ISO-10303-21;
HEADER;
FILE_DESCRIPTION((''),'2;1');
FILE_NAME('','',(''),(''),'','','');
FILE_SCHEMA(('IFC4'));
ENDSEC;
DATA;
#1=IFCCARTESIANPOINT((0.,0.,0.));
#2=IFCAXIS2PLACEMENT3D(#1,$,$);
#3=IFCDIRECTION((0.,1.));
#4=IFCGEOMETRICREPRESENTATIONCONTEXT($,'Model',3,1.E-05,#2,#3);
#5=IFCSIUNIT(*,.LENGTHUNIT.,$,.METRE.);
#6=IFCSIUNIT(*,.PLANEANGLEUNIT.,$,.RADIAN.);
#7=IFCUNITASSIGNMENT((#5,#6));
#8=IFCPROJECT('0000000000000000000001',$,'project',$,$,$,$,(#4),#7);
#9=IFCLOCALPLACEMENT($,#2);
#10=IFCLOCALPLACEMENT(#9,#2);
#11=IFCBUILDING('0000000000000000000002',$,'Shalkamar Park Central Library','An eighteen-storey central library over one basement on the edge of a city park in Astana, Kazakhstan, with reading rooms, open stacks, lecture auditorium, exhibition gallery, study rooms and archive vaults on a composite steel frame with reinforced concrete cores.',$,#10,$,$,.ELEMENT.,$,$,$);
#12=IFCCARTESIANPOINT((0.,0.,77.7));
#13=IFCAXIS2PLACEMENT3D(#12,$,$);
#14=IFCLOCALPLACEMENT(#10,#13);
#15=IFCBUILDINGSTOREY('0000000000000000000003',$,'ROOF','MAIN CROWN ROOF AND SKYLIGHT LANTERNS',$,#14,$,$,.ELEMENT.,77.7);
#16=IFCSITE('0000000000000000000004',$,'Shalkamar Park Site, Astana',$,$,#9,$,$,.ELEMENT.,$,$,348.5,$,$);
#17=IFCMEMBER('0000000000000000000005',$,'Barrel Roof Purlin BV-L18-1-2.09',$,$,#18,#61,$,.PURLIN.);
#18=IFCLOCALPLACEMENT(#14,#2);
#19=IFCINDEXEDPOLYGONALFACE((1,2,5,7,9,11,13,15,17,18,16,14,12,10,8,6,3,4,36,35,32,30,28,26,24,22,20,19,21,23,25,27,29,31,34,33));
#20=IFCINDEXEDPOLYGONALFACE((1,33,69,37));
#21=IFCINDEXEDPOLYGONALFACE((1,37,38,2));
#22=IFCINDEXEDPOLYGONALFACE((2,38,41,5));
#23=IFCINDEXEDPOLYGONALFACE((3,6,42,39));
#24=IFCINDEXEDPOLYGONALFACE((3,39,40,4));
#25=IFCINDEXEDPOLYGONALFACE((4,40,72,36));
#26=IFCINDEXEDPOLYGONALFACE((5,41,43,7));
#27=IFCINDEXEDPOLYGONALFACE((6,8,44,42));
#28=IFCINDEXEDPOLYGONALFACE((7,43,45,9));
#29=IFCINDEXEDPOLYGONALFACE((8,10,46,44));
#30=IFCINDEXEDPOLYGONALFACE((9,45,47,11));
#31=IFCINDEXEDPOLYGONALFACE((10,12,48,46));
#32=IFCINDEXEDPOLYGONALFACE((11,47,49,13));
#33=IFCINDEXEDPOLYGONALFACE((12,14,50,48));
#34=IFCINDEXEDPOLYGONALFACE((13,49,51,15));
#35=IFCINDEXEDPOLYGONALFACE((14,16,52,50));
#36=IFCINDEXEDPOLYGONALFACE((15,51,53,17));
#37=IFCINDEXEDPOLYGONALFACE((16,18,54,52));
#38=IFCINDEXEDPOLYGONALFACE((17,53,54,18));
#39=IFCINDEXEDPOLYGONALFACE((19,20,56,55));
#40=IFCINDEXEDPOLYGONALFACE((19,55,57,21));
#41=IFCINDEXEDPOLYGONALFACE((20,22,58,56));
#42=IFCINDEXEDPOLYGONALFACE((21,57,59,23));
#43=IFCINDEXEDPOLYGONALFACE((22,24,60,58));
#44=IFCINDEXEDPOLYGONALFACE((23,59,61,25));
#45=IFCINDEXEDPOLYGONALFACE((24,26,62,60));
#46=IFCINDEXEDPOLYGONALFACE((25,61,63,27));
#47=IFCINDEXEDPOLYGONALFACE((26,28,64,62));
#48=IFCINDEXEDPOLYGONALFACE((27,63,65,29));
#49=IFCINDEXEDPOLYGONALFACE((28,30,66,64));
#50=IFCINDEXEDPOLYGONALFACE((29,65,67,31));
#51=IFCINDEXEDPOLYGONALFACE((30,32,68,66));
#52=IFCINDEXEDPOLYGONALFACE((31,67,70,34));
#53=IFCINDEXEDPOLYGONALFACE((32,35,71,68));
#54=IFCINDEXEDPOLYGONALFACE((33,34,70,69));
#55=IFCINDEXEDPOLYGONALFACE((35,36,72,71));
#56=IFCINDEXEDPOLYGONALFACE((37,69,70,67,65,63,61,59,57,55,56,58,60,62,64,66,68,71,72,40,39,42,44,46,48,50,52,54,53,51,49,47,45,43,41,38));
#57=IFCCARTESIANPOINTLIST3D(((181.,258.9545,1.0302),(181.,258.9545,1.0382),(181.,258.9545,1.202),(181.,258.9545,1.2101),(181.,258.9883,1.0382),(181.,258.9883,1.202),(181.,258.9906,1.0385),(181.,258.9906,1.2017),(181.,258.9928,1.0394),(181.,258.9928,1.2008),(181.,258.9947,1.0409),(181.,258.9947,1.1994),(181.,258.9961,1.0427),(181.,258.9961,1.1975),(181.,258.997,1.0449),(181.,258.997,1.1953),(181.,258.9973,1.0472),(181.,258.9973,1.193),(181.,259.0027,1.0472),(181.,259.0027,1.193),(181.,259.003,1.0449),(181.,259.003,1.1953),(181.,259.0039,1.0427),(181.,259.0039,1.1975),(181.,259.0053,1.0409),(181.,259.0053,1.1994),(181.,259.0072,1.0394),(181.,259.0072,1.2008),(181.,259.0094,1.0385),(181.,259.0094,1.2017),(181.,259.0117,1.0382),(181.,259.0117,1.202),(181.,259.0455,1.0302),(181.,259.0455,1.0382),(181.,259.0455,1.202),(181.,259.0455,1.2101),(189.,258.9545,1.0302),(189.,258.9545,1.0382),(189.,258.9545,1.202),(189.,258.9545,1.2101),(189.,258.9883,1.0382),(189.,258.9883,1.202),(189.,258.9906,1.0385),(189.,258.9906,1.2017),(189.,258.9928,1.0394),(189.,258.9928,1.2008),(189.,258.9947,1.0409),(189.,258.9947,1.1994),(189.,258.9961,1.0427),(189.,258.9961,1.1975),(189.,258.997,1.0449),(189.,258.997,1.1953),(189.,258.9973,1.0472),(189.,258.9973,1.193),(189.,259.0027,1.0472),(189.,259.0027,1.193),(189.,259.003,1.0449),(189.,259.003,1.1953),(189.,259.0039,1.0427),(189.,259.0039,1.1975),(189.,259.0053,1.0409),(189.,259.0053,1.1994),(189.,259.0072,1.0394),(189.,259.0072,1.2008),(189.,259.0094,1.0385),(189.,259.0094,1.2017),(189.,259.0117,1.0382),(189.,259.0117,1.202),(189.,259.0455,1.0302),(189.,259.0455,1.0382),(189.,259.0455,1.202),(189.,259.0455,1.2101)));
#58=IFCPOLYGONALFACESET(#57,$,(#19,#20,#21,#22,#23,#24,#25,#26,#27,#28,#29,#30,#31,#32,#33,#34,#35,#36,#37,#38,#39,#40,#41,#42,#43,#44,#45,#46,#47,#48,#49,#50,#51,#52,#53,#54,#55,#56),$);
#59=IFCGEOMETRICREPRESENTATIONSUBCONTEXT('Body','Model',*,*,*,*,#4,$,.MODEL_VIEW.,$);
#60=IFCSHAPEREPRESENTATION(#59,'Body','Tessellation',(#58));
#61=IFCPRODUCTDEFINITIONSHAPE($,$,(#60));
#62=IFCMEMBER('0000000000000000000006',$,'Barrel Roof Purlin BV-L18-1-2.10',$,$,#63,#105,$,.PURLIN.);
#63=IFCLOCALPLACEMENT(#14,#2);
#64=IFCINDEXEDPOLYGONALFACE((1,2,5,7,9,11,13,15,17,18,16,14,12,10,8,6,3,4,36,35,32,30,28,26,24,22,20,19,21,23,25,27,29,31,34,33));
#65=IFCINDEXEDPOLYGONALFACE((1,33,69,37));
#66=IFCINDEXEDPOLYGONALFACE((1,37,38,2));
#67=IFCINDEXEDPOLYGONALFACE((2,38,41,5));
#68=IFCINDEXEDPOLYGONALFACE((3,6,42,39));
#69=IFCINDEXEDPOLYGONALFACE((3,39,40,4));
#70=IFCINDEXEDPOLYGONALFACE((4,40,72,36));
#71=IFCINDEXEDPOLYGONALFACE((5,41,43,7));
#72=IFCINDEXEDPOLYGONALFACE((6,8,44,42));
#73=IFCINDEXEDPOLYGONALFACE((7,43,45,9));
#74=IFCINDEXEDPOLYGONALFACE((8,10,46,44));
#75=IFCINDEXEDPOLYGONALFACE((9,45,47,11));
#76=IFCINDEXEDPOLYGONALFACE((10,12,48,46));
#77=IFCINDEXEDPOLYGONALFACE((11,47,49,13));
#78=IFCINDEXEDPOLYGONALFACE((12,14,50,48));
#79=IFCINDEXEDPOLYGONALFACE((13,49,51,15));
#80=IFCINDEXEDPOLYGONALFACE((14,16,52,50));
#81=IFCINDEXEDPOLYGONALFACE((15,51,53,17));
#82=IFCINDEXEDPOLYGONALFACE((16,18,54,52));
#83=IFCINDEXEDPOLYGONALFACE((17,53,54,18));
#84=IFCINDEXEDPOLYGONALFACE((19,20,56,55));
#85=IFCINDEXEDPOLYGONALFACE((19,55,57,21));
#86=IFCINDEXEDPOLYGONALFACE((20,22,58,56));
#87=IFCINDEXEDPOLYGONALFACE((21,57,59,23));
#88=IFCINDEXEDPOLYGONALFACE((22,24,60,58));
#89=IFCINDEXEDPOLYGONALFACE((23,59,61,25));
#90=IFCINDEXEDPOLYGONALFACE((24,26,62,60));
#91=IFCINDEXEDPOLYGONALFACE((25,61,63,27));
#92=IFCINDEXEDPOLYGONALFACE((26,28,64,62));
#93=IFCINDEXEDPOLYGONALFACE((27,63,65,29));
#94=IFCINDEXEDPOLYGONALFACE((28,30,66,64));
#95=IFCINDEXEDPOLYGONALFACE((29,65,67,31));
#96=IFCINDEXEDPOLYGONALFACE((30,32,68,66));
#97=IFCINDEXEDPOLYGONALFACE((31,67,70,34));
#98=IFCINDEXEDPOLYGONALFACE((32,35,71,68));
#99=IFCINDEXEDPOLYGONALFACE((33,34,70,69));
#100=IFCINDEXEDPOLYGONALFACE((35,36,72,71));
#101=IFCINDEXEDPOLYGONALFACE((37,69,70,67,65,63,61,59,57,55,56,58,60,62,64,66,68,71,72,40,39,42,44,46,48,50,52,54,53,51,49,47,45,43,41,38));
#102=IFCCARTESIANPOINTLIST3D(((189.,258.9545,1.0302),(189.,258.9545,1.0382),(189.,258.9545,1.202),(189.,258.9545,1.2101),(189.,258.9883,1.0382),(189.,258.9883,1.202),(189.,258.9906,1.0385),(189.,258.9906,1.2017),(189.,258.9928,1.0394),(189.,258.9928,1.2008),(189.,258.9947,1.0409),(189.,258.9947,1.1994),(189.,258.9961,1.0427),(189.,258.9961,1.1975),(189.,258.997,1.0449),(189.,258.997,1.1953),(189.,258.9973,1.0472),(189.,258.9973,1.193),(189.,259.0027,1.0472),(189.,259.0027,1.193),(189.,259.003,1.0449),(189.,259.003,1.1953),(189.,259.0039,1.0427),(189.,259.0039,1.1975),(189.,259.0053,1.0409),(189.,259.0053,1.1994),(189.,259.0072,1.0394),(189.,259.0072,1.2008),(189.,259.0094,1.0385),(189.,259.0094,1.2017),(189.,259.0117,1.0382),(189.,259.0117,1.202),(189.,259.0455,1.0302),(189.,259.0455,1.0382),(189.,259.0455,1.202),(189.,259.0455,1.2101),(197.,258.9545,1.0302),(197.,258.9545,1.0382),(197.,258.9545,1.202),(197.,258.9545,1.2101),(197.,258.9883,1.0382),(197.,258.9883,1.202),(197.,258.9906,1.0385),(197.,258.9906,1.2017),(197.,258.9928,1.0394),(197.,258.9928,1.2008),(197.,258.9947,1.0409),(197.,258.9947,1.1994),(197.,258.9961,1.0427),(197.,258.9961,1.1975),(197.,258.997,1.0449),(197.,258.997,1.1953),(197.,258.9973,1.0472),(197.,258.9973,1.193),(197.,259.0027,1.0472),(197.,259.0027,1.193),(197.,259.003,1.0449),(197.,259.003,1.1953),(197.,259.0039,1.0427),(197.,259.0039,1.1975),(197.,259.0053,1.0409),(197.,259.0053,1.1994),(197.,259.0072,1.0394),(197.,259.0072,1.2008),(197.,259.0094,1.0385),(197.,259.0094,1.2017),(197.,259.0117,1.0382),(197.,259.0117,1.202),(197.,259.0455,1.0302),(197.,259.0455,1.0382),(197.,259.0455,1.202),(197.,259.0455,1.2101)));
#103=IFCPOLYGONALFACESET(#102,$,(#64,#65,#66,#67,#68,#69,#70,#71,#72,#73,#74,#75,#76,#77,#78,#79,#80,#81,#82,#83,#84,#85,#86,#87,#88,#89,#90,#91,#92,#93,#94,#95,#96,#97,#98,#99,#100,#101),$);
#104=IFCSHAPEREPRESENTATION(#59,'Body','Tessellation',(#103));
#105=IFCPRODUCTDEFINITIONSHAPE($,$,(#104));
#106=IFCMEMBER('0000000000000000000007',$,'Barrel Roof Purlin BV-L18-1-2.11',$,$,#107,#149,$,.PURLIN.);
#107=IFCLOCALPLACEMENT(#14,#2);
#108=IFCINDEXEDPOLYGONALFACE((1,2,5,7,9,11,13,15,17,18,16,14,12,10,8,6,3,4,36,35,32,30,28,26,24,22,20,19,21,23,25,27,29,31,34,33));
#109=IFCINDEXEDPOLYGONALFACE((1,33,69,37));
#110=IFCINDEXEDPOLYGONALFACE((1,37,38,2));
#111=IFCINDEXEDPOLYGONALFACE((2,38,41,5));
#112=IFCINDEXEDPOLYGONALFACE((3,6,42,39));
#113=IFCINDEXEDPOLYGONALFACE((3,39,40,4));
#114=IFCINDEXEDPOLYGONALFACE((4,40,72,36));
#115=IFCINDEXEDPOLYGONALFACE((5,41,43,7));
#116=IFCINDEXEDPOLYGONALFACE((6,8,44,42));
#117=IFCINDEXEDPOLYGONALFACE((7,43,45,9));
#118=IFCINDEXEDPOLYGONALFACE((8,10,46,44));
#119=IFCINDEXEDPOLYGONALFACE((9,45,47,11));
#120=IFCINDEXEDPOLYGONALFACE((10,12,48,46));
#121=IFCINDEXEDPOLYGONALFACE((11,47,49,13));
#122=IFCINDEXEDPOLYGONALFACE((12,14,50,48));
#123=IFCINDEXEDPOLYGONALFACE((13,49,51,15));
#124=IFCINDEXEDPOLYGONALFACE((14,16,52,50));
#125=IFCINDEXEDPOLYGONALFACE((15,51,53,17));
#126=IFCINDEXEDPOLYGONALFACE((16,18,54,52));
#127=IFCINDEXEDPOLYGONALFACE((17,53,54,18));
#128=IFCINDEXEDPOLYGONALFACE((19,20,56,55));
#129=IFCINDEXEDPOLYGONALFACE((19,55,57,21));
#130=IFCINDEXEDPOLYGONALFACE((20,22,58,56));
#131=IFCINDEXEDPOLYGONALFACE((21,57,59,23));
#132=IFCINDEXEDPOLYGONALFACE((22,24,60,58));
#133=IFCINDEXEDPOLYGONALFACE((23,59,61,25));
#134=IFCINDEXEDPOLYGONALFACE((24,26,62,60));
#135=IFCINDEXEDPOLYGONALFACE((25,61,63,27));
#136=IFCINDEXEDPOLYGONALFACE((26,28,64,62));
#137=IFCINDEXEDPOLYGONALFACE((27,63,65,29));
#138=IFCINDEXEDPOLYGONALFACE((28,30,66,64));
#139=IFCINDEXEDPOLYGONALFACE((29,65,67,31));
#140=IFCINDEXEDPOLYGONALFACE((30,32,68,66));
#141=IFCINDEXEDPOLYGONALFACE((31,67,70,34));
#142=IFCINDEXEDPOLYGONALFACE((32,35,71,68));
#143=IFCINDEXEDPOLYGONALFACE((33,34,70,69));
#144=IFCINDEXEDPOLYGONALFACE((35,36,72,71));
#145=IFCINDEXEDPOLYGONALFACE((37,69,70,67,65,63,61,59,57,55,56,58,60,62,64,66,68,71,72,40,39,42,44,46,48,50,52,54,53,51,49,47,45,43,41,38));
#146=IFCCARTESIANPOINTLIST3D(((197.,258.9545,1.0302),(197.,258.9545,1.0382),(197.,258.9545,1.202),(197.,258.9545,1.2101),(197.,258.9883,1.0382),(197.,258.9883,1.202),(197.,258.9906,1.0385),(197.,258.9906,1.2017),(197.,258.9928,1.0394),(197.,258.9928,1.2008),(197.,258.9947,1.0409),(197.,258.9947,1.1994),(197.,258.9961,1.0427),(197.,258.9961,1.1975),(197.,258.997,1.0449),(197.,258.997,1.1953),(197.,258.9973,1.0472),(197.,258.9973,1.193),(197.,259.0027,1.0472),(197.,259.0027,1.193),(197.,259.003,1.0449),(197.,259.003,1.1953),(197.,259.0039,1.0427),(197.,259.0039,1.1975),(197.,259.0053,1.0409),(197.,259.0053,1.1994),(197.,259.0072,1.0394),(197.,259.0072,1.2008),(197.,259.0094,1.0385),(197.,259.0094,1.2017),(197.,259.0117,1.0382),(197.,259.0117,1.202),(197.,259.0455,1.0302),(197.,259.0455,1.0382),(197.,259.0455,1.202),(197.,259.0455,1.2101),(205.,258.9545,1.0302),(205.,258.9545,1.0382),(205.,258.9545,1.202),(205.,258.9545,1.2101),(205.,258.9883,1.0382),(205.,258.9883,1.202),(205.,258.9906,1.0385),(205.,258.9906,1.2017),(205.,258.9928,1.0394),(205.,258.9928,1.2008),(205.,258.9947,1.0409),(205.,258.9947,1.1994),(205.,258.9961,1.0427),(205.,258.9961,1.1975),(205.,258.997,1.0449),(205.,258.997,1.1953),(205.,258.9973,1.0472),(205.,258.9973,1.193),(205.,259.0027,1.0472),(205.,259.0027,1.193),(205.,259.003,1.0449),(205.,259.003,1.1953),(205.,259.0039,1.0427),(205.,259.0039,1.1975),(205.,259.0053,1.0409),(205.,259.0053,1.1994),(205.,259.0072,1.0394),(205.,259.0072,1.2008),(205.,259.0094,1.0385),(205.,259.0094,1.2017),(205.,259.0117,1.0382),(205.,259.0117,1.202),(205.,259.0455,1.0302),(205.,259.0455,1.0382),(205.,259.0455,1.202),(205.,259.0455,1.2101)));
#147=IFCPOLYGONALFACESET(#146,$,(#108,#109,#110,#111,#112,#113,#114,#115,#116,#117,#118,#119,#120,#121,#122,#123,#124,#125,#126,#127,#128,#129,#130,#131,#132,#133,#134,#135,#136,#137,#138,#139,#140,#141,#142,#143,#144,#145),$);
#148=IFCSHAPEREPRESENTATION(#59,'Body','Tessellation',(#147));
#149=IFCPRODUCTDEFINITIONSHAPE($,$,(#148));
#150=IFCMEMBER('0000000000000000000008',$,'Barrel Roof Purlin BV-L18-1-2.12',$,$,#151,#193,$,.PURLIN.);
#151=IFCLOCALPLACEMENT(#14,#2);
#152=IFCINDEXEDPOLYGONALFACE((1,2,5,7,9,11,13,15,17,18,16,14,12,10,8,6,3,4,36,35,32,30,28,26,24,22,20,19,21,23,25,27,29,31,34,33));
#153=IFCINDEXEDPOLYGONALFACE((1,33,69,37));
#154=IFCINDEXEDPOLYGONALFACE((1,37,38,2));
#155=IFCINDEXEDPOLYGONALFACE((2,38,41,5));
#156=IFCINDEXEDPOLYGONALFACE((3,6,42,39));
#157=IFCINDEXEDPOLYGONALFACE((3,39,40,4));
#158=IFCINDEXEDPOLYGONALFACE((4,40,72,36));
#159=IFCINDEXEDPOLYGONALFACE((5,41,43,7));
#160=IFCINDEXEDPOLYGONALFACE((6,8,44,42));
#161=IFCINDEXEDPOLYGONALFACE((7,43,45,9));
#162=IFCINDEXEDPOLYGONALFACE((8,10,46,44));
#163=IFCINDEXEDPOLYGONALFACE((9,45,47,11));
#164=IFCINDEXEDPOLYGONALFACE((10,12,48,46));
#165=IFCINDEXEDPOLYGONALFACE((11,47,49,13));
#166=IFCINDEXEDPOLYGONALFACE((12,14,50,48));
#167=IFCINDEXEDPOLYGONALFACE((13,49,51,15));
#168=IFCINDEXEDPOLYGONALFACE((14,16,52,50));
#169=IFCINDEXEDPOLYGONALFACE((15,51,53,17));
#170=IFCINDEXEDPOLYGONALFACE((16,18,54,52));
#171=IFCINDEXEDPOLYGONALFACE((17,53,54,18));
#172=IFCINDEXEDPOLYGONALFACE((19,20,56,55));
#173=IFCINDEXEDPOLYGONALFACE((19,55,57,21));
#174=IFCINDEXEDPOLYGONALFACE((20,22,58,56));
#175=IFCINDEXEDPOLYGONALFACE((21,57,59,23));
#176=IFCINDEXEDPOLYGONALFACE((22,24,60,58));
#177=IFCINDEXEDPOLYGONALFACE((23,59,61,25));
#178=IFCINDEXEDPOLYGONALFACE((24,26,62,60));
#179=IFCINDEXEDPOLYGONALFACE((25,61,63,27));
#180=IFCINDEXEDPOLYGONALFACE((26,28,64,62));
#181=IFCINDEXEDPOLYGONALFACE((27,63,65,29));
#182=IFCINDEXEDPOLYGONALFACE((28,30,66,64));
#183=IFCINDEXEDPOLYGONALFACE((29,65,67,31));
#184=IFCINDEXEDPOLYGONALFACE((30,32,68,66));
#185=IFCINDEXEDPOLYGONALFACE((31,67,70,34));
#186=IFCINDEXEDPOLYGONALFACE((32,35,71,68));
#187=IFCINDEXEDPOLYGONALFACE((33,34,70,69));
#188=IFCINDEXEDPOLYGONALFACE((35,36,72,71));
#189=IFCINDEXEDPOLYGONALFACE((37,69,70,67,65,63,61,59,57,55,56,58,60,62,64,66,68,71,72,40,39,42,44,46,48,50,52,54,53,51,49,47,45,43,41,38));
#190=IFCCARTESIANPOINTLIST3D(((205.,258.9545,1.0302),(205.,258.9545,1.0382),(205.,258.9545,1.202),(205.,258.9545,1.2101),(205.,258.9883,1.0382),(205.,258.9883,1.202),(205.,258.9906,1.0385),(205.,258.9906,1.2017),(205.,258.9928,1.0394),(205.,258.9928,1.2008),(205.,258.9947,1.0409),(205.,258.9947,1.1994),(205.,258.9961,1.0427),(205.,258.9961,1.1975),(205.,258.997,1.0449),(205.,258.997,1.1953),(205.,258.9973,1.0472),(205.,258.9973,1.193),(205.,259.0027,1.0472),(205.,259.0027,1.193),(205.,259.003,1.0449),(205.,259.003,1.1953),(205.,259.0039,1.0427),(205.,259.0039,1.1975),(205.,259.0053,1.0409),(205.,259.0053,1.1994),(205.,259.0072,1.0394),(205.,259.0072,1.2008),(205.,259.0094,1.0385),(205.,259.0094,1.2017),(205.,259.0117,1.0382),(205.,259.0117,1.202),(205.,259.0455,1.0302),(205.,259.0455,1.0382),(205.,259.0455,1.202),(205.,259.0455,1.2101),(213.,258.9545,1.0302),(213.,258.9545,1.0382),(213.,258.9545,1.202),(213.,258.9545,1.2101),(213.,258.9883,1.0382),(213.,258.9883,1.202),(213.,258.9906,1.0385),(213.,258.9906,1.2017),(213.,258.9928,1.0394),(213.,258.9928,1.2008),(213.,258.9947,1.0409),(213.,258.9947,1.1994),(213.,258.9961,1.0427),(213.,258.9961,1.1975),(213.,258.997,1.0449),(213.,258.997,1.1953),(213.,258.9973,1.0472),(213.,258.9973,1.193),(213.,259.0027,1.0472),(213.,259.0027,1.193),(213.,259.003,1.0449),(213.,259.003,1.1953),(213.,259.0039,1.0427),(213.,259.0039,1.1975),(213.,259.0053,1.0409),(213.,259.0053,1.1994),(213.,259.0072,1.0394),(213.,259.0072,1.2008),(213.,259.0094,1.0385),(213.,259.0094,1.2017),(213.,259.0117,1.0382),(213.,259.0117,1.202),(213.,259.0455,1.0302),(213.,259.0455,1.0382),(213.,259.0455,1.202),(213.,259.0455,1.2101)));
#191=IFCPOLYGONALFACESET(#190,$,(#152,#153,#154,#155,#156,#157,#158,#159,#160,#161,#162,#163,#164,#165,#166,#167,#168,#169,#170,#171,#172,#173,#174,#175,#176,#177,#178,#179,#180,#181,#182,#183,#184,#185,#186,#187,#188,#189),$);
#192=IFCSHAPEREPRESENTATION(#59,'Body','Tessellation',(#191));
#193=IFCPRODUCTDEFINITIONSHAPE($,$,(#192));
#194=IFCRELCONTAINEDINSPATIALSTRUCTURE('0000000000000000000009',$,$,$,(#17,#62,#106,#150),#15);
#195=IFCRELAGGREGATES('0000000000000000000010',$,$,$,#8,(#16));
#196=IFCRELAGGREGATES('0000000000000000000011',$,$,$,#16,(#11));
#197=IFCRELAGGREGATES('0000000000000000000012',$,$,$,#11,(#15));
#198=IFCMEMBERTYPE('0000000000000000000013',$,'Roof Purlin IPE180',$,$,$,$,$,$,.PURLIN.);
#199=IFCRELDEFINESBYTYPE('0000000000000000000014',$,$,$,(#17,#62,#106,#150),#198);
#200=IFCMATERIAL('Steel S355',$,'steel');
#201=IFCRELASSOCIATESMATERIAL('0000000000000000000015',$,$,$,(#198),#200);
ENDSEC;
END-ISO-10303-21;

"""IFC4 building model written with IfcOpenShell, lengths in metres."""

from ifc_helpers import new_model, si_unit, direction, frame, origin, origin_2d, place, context, subcontext, project, spatial, i_section, extrude, material, material_profile, profile_set, type_object, element, save


model = new_model("IFC4")

# Units and contexts
model_context = context("Model", 3, precision=1e-05, world=origin(), true_north=direction((0.0, 1.0)))
body_context = subcontext(model_context, "Body", "Model", "MODEL_VIEW")
ifc_project = project(units=[si_unit("LENGTHUNIT", "METRE"), si_unit("PLANEANGLEUNIT", "RADIAN")], contexts=[model_context])

# Site, building, storey
site_placement = place(None, origin())
site = spatial("IfcSite", under=ifc_project, at=site_placement, Name="Shalkamar Park Site, Astana", CompositionType="ELEMENT", RefElevation=348.5)
building_placement = place(site_placement, origin())
building = spatial("IfcBuilding", under=site, at=building_placement, Name="Shalkamar Park Central Library", Description="An eighteen-storey central library over one basement on the edge of a city park in Astana, Kazakhstan, with reading rooms, open stacks, lecture auditorium, exhibition gallery, study rooms and archive vaults on a composite steel frame with reinforced concrete cores.", CompositionType="ELEMENT")
storey_placement = place(building_placement, frame((0.0, 0.0, 77.7)))
storey = spatial("IfcBuildingStorey", under=building, at=storey_placement, Name="ROOF", Description="MAIN CROWN ROOF AND SKYLIGHT LANTERNS", CompositionType="ELEMENT", Elevation=77.7)

# Members
ifc_material_1 = material(Name="Steel S355", Category="steel")
ifc_material_profile_1 = material_profile(ifc_material_1, i_section(OverallWidth=0.0911, OverallDepth=0.1799, WebThickness=0.0054, FlangeThickness=0.0081, FilletRadius=0.009, at=origin_2d()), Name="IPE 180")
ifc_profile_set_1 = profile_set([ifc_material_profile_1], Name="Steel S355")
member_type_1 = type_object("IfcMemberType", Name="Roof Purlin IPE180", PredefinedType="PURLIN", material=ifc_profile_set_1)
for number, where, z_axis, x_axis, name in (
    (1, (181.0, 259.0, 1.1201), (1.0, 0.0, 0.0), (0.0, 1.0, 0.0), "Barrel Roof Purlin BV-L18-1-2.09"),
    (2, (189.0, 259.0, 1.1201), (1.0, 0.0, 0.0), (0.0, 1.0, 0.0), "Barrel Roof Purlin BV-L18-1-2.10"),
    (3, (197.0, 259.0, 1.1201), (1.0, 0.0, 0.0), (0.0, 1.0, 0.0), "Barrel Roof Purlin BV-L18-1-2.11"),
    (4, (205.0, 259.0, 1.1201), (1.0, 0.0, 0.0), (0.0, 1.0, 0.0), "Barrel Roof Purlin BV-L18-1-2.12"),
):
    element("IfcMember", number, at=place(storey_placement, frame(where, z_axis=z_axis, x_axis=x_axis)), inside=storey, type_object=member_type_1, Name=name, PredefinedType="PURLIN", context=body_context, shape_type="SweptSolid", body=[
        extrude(i_section(OverallWidth=0.0911, OverallDepth=0.1799, WebThickness=0.0054, FlangeThickness=0.0081, FilletRadius=0.009, at=origin_2d()), origin(), (0.0, 0.0, 1.0), 8.0),
    ])

save(model, "model.ifc")
